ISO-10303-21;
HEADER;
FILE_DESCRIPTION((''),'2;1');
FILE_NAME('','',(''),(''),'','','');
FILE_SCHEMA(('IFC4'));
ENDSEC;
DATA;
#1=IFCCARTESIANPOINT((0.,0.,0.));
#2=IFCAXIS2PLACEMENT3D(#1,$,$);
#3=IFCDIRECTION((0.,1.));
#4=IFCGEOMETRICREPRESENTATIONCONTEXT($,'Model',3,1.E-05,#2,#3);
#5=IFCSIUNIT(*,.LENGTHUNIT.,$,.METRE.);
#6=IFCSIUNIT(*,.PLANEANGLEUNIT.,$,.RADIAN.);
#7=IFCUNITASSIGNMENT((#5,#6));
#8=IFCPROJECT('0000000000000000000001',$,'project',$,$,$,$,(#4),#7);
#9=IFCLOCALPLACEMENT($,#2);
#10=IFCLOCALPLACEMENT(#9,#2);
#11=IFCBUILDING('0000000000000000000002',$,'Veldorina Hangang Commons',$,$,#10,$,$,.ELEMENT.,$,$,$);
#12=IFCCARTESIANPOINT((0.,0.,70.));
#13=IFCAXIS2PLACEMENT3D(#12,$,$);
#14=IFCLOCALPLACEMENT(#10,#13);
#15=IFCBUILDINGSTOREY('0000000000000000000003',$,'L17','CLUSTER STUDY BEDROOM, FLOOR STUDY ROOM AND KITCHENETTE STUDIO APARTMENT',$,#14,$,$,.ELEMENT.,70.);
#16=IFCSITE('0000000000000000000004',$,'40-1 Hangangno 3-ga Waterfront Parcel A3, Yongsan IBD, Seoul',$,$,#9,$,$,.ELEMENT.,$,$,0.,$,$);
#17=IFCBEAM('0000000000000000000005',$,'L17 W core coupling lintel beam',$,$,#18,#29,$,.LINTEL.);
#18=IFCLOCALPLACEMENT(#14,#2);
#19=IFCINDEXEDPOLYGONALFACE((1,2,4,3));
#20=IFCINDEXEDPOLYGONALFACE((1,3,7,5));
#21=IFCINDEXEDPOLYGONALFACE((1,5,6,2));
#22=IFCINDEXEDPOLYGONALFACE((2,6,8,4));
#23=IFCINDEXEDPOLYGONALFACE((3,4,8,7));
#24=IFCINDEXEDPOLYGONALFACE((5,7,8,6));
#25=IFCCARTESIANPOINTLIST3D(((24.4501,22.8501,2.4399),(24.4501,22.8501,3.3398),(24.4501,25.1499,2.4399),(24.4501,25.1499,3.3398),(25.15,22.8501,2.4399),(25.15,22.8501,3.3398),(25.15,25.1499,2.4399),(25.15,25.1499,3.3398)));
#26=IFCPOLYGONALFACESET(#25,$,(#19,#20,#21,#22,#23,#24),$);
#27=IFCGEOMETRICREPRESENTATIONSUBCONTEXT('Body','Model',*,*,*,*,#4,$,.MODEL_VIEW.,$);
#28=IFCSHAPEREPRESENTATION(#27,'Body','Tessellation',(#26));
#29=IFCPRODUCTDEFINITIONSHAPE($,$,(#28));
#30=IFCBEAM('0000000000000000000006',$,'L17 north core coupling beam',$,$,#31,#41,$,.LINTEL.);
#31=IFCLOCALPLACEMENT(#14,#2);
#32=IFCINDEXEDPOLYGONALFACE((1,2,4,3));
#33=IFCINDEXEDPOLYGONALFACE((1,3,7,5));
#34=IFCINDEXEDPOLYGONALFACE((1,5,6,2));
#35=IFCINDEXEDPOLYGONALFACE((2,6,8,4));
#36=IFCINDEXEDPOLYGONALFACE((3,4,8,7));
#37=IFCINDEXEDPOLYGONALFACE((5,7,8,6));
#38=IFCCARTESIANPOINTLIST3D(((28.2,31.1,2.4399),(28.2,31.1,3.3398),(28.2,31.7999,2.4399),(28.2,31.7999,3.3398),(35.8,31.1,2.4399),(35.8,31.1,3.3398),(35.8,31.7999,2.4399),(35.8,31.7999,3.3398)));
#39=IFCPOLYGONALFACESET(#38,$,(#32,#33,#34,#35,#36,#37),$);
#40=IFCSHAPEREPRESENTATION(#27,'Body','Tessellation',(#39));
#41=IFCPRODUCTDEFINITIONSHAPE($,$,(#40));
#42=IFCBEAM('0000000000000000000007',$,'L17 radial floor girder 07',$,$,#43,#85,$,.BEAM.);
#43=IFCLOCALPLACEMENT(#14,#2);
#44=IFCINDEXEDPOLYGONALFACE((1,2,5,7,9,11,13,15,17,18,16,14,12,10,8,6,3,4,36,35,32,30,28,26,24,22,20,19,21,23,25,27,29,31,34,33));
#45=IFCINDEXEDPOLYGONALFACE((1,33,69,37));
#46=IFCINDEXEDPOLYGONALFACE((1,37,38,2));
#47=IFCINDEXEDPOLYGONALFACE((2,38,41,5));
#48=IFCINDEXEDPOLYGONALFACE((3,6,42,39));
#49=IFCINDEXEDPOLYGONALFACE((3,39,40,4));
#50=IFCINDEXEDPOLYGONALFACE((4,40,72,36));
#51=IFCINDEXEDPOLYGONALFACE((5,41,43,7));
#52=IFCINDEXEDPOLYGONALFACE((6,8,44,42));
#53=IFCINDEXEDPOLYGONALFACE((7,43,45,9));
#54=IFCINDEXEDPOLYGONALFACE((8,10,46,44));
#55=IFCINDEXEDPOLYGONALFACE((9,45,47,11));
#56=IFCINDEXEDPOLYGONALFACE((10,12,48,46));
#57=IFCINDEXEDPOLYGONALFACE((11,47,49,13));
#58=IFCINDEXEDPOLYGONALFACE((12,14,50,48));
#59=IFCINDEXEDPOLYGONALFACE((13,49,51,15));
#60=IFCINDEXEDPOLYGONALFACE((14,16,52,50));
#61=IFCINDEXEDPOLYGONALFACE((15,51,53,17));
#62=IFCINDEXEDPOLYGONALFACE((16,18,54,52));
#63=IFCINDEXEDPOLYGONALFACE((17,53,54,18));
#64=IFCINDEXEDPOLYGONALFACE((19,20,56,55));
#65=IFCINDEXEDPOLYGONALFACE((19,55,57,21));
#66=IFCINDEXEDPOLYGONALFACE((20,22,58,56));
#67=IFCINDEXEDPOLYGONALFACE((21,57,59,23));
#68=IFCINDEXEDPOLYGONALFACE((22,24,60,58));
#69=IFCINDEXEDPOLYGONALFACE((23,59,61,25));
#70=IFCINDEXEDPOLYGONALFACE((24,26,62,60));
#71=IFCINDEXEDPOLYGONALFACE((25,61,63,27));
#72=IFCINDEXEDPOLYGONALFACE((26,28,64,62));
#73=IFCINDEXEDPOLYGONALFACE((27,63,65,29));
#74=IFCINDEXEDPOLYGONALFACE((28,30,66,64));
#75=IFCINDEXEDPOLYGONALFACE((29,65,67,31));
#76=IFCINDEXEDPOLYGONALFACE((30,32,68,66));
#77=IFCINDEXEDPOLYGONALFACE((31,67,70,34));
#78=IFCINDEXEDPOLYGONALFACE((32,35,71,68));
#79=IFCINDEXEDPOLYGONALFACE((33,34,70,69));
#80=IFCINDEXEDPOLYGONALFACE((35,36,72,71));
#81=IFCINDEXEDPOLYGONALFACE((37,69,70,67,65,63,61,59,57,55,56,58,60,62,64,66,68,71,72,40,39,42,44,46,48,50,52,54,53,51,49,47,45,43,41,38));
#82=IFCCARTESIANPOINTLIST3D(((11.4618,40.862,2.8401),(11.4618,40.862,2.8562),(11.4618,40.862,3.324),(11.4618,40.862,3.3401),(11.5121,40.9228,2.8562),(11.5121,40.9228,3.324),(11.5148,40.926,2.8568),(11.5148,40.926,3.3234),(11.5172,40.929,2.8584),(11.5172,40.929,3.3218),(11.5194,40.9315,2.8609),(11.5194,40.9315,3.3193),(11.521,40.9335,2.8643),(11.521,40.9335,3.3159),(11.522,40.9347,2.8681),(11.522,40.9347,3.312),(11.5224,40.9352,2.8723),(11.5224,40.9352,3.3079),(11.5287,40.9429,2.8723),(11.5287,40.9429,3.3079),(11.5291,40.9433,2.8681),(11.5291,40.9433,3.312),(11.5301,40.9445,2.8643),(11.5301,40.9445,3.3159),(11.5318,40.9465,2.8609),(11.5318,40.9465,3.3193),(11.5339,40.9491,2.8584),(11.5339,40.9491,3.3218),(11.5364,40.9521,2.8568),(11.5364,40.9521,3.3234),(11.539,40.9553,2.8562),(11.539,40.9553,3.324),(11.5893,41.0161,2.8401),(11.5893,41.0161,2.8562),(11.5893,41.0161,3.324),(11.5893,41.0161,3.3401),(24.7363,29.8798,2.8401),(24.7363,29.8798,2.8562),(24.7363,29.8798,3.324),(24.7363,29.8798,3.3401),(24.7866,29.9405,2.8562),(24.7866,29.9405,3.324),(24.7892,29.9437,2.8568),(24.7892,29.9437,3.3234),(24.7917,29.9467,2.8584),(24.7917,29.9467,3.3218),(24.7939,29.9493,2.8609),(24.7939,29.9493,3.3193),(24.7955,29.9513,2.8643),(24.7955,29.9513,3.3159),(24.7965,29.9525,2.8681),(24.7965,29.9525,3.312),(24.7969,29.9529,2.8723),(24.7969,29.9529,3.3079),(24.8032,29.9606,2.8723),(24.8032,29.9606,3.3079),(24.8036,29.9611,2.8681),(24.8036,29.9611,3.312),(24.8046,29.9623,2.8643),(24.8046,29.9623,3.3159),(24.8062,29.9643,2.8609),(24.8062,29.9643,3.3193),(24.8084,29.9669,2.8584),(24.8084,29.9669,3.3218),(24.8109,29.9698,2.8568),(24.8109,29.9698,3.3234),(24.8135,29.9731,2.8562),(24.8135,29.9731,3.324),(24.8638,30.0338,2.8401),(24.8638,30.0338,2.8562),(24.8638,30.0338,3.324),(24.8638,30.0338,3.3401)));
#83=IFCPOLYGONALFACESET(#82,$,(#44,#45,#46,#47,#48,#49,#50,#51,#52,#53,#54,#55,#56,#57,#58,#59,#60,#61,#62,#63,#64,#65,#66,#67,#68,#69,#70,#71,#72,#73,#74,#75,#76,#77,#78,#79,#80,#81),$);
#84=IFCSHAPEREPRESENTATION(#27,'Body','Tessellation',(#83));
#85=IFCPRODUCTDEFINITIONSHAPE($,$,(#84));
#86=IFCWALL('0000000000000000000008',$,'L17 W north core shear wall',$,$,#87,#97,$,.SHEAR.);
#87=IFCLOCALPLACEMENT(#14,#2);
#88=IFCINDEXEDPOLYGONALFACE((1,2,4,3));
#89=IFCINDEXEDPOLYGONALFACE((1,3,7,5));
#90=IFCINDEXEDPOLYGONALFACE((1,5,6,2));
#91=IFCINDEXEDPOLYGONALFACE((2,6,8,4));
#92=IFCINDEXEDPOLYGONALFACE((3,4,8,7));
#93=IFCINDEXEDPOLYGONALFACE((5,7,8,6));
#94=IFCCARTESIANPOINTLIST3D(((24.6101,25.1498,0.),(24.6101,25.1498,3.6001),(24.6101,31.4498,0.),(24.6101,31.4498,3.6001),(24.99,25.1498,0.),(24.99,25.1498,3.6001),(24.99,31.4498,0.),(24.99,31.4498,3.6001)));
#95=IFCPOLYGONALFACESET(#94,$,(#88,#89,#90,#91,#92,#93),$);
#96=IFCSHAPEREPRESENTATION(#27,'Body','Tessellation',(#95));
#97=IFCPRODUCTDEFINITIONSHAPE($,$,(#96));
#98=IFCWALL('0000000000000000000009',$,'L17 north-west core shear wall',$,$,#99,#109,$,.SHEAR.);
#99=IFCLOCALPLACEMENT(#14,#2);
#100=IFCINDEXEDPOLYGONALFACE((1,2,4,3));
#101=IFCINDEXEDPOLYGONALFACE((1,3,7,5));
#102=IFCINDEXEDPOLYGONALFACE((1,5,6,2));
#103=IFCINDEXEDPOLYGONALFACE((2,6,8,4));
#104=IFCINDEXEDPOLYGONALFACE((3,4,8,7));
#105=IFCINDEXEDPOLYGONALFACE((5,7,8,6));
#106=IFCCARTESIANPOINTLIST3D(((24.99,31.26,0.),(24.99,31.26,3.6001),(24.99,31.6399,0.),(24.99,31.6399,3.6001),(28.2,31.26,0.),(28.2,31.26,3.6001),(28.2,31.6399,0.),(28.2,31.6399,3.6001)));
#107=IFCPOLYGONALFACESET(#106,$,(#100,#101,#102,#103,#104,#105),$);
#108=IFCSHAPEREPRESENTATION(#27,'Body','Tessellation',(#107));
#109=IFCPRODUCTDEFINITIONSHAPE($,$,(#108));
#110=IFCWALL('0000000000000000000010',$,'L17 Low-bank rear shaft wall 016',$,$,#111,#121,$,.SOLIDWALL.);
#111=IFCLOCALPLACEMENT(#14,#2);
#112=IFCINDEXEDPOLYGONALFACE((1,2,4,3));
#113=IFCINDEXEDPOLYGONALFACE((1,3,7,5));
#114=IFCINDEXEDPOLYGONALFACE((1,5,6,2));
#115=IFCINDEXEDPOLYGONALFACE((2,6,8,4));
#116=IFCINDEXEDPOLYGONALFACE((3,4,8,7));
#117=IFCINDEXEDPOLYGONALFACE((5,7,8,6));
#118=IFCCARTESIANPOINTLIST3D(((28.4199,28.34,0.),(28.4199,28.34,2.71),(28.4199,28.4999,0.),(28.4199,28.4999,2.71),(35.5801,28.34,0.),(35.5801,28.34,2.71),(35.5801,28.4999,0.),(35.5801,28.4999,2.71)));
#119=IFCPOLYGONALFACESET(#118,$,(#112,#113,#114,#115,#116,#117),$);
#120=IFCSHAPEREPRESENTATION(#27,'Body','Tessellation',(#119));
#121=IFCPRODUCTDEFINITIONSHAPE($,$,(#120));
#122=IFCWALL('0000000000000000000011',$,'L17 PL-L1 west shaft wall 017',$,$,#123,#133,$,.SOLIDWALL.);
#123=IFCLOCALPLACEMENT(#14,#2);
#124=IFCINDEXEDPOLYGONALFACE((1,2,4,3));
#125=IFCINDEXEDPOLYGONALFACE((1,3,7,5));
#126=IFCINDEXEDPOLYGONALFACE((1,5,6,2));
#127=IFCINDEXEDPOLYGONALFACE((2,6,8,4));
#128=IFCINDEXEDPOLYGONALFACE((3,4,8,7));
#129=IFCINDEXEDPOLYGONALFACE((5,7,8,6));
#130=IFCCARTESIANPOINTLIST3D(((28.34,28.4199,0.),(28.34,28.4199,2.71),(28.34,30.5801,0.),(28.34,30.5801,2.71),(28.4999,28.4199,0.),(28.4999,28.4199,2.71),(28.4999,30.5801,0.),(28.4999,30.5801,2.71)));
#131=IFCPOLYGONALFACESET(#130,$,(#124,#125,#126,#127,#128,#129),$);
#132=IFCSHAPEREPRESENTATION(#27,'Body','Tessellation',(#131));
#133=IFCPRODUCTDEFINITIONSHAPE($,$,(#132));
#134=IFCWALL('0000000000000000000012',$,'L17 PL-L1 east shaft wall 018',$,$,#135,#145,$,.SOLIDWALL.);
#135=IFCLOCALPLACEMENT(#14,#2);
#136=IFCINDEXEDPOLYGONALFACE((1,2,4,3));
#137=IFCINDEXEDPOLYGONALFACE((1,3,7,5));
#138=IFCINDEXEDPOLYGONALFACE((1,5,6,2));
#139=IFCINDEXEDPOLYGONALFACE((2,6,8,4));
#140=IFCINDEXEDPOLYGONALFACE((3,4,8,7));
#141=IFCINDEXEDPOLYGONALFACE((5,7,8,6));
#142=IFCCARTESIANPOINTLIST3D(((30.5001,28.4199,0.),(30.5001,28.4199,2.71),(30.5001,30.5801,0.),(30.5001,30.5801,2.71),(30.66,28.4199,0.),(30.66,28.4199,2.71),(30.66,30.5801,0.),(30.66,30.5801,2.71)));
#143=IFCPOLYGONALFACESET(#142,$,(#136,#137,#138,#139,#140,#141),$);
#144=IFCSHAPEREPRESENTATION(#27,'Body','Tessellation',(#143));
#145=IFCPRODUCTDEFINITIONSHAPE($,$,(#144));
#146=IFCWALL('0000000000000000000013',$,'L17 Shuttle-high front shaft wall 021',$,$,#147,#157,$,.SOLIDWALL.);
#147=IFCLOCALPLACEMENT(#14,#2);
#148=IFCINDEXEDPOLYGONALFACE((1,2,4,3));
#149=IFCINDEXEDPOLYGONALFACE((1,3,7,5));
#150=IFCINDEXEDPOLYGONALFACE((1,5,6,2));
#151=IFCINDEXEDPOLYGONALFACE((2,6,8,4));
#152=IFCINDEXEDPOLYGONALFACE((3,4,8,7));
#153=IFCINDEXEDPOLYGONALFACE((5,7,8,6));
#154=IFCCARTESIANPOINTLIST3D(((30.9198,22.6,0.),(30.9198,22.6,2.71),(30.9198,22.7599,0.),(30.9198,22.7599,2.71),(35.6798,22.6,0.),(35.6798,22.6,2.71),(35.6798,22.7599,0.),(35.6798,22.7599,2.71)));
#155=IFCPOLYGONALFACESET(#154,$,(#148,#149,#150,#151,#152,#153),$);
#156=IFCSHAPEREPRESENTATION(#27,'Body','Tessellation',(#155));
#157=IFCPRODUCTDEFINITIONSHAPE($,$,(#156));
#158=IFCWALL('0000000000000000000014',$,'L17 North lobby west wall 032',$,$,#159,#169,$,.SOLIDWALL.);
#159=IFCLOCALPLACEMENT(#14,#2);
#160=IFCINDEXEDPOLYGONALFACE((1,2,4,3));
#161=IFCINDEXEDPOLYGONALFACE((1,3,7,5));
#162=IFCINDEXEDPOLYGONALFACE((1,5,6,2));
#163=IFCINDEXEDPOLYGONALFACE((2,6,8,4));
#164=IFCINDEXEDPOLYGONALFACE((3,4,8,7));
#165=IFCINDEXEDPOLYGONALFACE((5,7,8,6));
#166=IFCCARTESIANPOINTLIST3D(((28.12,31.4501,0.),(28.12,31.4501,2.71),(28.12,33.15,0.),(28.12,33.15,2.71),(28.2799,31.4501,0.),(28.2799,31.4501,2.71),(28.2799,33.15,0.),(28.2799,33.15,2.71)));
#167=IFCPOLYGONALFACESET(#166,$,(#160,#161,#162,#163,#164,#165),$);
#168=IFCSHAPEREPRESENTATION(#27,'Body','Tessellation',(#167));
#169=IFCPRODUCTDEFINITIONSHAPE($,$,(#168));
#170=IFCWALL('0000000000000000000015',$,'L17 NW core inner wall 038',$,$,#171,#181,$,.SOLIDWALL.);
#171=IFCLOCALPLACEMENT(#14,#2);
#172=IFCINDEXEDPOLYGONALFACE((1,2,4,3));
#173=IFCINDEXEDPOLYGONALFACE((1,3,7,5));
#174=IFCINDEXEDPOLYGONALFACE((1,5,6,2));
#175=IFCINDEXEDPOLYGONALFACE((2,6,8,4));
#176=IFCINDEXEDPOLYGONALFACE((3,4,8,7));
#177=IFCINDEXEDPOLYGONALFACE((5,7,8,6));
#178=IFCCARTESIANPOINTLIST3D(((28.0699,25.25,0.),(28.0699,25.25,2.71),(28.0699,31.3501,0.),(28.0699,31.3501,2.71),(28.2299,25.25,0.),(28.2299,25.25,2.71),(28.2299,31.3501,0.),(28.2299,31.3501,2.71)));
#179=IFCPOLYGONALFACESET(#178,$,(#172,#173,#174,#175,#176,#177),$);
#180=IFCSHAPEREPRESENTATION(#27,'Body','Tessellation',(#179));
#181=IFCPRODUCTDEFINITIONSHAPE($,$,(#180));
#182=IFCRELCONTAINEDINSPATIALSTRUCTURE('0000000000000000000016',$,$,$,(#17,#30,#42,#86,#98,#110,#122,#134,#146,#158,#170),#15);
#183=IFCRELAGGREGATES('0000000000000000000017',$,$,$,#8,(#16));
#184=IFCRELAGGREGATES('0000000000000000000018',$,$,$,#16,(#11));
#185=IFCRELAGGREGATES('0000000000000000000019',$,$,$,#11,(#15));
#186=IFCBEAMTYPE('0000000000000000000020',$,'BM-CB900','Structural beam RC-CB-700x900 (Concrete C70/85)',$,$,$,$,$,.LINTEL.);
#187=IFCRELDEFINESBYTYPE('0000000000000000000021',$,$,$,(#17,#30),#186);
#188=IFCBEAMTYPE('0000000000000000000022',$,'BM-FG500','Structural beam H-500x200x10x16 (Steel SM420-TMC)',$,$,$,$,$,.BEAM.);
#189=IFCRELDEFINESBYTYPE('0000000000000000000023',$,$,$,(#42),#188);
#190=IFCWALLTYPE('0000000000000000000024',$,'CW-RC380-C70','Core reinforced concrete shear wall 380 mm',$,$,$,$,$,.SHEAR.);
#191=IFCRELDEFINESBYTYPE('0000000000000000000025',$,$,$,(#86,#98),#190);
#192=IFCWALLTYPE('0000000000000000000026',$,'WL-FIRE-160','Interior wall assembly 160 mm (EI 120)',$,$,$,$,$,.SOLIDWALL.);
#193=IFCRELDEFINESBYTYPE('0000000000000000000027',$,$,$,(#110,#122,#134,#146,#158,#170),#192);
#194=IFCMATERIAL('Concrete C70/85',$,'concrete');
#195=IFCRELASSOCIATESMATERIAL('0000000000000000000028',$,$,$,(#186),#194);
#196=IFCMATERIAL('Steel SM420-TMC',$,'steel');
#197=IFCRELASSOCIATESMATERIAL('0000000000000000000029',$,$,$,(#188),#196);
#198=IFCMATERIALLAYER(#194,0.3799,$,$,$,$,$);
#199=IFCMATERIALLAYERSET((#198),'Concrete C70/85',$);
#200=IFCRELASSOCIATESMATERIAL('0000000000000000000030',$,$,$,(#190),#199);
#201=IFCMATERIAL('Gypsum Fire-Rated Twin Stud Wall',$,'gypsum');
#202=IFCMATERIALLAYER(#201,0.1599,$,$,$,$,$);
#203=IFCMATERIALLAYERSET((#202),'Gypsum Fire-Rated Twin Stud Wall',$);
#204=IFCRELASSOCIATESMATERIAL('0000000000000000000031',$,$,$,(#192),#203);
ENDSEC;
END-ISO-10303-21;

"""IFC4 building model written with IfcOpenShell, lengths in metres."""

from ifc_helpers import new_model, si_unit, direction, frame, frame_2d, origin, origin_2d, place, context, subcontext, project, spatial, rectangle, i_section, extrude, material, layer, layer_set, material_profile, profile_set, type_object, element, save


model = new_model("IFC4")

# Units and contexts
model_context = context("Model", 3, precision=1e-05, world=origin(), true_north=direction((0.0, 1.0)))
body_context = subcontext(model_context, "Body", "Model", "MODEL_VIEW")
ifc_project = project(units=[si_unit("LENGTHUNIT", "METRE"), si_unit("PLANEANGLEUNIT", "RADIAN")], contexts=[model_context])

# Site, building, storey
site_placement = place(None, origin())
site = spatial("IfcSite", under=ifc_project, at=site_placement, Name="40-1 Hangangno 3-ga Waterfront Parcel A3, Yongsan IBD, Seoul", CompositionType="ELEMENT", RefElevation=0.0)
building_placement = place(site_placement, origin())
building = spatial("IfcBuilding", under=site, at=building_placement, Name="Veldorina Hangang Commons", CompositionType="ELEMENT")
storey_placement = place(building_placement, frame((0.0, 0.0, 70.0)))
storey = spatial("IfcBuildingStorey", under=building, at=storey_placement, Name="L17", Description="CLUSTER STUDY BEDROOM, FLOOR STUDY ROOM AND KITCHENETTE STUDIO APARTMENT", CompositionType="ELEMENT", Elevation=70.0)

# Beams
ifc_material_1 = material(Name="Concrete C70/85", Category="concrete")
ifc_material_profile_1 = material_profile(ifc_material_1, rectangle(XDim=0.7, YDim=0.8999, at=origin_2d()), Name="RC-CB-700x900")
ifc_profile_set_1 = profile_set([ifc_material_profile_1], Name="Concrete C70/85")
beam_type_1 = type_object("IfcBeamType", Name="BM-CB900", Description="Structural beam RC-CB-700x900 (Concrete C70/85)", PredefinedType="LINTEL", material=ifc_profile_set_1)
beam_1_placement = place(storey_placement, frame((24.8, 22.8501, 2.8899), z_axis=(0.0, 1.0, 0.0), x_axis=(-1.0, 0.0, 0.0)))
element("IfcBeam", 1, at=beam_1_placement, inside=storey, type_object=beam_type_1, Name="L17 W core coupling lintel beam", PredefinedType="LINTEL", context=body_context, shape_type="SweptSolid", body=[
    extrude(rectangle(XDim=0.7, YDim=0.8999, at=origin_2d()), origin(), (0.0, 0.0, 1.0), 2.2998),
])
beam_2_placement = place(storey_placement, frame((28.2, 31.45, 2.8899), z_axis=(1.0, 0.0, 0.0), x_axis=(0.0, 1.0, 0.0)))
element("IfcBeam", 2, at=beam_2_placement, inside=storey, type_object=beam_type_1, Name="L17 north core coupling beam", PredefinedType="LINTEL", context=body_context, shape_type="SweptSolid", body=[
    extrude(rectangle(XDim=0.7, YDim=0.8999, at=origin_2d()), origin(), (0.0, 0.0, 1.0), 7.6001),
])
ifc_material_2 = material(Name="Steel SM420-TMC", Category="steel")
ifc_material_profile_2 = material_profile(ifc_material_2, i_section(OverallWidth=0.2, OverallDepth=0.5, WebThickness=0.01, FlangeThickness=0.0161, FilletRadius=0.0161, at=origin_2d()), Name="H-500x200x10x16")
ifc_profile_set_2 = profile_set([ifc_material_profile_2], Name="Steel SM420-TMC")
beam_type_2 = type_object("IfcBeamType", Name="BM-FG500", Description="Structural beam H-500x200x10x16 (Steel SM420-TMC)", PredefinedType="BEAM", material=ifc_profile_set_2)
beam_3_placement = place(storey_placement, frame((24.8, 29.9568, 3.0901), z_axis=(-0.770495, 0.637446, 0.0), x_axis=(-0.637446, -0.770495, 0.0)))
element("IfcBeam", 3, at=beam_3_placement, inside=storey, type_object=beam_type_2, Name="L17 radial floor girder 07", PredefinedType="BEAM", context=body_context, shape_type="SweptSolid", body=[
    extrude(i_section(OverallWidth=0.2, OverallDepth=0.5, WebThickness=0.01, FlangeThickness=0.0161, FilletRadius=0.0161, at=origin_2d()), origin(), (0.0, 0.0, 1.0), 17.2285),
])

# Walls
ifc_layer_1 = layer(ifc_material_1, 0.3799)
ifc_layer_set_1 = layer_set([ifc_layer_1], Name="Concrete C70/85")
wall_type_1 = type_object("IfcWallType", Name="CW-RC380-C70", Description="Core reinforced concrete shear wall 380 mm", PredefinedType="SHEAR", material=ifc_layer_set_1)
wall_1_placement = place(storey_placement, frame((24.8, 25.1499, 0.0), z_axis=(0.0, 0.0, 1.0), x_axis=(0.0, 1.0, 0.0)))
element("IfcWall", 4, at=wall_1_placement, inside=storey, type_object=wall_type_1, Name="L17 W north core shear wall", PredefinedType="SHEAR", context=body_context, shape_type="SweptSolid", body=[
    extrude(rectangle(XDim=6.3, YDim=0.3799, at=frame_2d((3.1499, 0.0))), origin(), (0.0, 0.0, 1.0), 3.6001),
])
wall_2_placement = place(storey_placement, frame((24.99, 31.45, 0.0), z_axis=(0.0, 0.0, 1.0), x_axis=(1.0, 0.0, 0.0)))
element("IfcWall", 5, at=wall_2_placement, inside=storey, type_object=wall_type_1, Name="L17 north-west core shear wall", PredefinedType="SHEAR", context=body_context, shape_type="SweptSolid", body=[
    extrude(rectangle(XDim=3.21, YDim=0.3799, at=frame_2d((1.605, 0.0))), origin(), (0.0, 0.0, 1.0), 3.6001),
])

# Shared definitions
ifc_material_3 = material(Name="Gypsum Fire-Rated Twin Stud Wall", Category="gypsum")
ifc_layer_2 = layer(ifc_material_3, 0.1599)
ifc_layer_set_2 = layer_set([ifc_layer_2], Name="Gypsum Fire-Rated Twin Stud Wall")
wall_type_2 = type_object("IfcWallType", Name="WL-FIRE-160", Description="Interior wall assembly 160 mm (EI 120)", PredefinedType="SOLIDWALL", material=ifc_layer_set_2)

# Walls
wall_3_placement = place(storey_placement, frame((28.4199, 28.4199, 0.0), z_axis=(0.0, 0.0, 1.0), x_axis=(1.0, 0.0, 0.0)))
element("IfcWall", 6, at=wall_3_placement, inside=storey, type_object=wall_type_2, Name="L17 Low-bank rear shaft wall 016", PredefinedType="SOLIDWALL", context=body_context, shape_type="SweptSolid", body=[
    extrude(rectangle(XDim=7.1602, YDim=0.1599, at=frame_2d((3.5801, 0.0))), origin(), (0.0, 0.0, 1.0), 2.71),
])
for number, where, z_axis, x_axis, name in (
    (7, (28.4199, 28.4199, 0.0), (0.0, 0.0, 1.0), (0.0, 1.0, 0.0), "L17 PL-L1 west shaft wall 017"),
    (8, (30.5801, 28.4199, 0.0), (0.0, 0.0, 1.0), (0.0, 1.0, 0.0), "L17 PL-L1 east shaft wall 018"),
):
    element("IfcWall", number, at=place(storey_placement, frame(where, z_axis=z_axis, x_axis=x_axis)), inside=storey, type_object=wall_type_2, Name=name, PredefinedType="SOLIDWALL", context=body_context, shape_type="SweptSolid", body=[
        extrude(rectangle(XDim=2.1602, YDim=0.1599, at=frame_2d((1.0801, 0.0))), origin(), (0.0, 0.0, 1.0), 2.71),
    ])
wall_4_placement = place(storey_placement, frame((30.9199, 22.6799, 0.0), z_axis=(0.0, 0.0, 1.0), x_axis=(1.0, 0.0, 0.0)))
element("IfcWall", 9, at=wall_4_placement, inside=storey, type_object=wall_type_2, Name="L17 Shuttle-high front shaft wall 021", PredefinedType="SOLIDWALL", context=body_context, shape_type="SweptSolid", body=[
    extrude(rectangle(XDim=4.76, YDim=0.1599, at=frame_2d((2.3799, 0.0))), origin(), (0.0, 0.0, 1.0), 2.71),
])
wall_5_placement = place(storey_placement, frame((28.2, 31.45, 0.0), z_axis=(0.0, 0.0, 1.0), x_axis=(0.0, 1.0, 0.0)))
element("IfcWall", 10, at=wall_5_placement, inside=storey, type_object=wall_type_2, Name="L17 North lobby west wall 032", PredefinedType="SOLIDWALL", context=body_context, shape_type="SweptSolid", body=[
    extrude(rectangle(XDim=1.7, YDim=0.1599, at=frame_2d((0.8501, 0.0))), origin(), (0.0, 0.0, 1.0), 2.71),
])
wall_6_placement = place(storey_placement, frame((28.1499, 25.25, 0.0), z_axis=(0.0, 0.0, 1.0), x_axis=(0.0, 1.0, 0.0)))
element("IfcWall", 11, at=wall_6_placement, inside=storey, type_object=wall_type_2, Name="L17 NW core inner wall 038", PredefinedType="SOLIDWALL", context=body_context, shape_type="SweptSolid", body=[
    extrude(rectangle(XDim=6.1001, YDim=0.1599, at=frame_2d((3.05, 0.0))), origin(), (0.0, 0.0, 1.0), 2.71),
])

save(model, "model.ifc")
